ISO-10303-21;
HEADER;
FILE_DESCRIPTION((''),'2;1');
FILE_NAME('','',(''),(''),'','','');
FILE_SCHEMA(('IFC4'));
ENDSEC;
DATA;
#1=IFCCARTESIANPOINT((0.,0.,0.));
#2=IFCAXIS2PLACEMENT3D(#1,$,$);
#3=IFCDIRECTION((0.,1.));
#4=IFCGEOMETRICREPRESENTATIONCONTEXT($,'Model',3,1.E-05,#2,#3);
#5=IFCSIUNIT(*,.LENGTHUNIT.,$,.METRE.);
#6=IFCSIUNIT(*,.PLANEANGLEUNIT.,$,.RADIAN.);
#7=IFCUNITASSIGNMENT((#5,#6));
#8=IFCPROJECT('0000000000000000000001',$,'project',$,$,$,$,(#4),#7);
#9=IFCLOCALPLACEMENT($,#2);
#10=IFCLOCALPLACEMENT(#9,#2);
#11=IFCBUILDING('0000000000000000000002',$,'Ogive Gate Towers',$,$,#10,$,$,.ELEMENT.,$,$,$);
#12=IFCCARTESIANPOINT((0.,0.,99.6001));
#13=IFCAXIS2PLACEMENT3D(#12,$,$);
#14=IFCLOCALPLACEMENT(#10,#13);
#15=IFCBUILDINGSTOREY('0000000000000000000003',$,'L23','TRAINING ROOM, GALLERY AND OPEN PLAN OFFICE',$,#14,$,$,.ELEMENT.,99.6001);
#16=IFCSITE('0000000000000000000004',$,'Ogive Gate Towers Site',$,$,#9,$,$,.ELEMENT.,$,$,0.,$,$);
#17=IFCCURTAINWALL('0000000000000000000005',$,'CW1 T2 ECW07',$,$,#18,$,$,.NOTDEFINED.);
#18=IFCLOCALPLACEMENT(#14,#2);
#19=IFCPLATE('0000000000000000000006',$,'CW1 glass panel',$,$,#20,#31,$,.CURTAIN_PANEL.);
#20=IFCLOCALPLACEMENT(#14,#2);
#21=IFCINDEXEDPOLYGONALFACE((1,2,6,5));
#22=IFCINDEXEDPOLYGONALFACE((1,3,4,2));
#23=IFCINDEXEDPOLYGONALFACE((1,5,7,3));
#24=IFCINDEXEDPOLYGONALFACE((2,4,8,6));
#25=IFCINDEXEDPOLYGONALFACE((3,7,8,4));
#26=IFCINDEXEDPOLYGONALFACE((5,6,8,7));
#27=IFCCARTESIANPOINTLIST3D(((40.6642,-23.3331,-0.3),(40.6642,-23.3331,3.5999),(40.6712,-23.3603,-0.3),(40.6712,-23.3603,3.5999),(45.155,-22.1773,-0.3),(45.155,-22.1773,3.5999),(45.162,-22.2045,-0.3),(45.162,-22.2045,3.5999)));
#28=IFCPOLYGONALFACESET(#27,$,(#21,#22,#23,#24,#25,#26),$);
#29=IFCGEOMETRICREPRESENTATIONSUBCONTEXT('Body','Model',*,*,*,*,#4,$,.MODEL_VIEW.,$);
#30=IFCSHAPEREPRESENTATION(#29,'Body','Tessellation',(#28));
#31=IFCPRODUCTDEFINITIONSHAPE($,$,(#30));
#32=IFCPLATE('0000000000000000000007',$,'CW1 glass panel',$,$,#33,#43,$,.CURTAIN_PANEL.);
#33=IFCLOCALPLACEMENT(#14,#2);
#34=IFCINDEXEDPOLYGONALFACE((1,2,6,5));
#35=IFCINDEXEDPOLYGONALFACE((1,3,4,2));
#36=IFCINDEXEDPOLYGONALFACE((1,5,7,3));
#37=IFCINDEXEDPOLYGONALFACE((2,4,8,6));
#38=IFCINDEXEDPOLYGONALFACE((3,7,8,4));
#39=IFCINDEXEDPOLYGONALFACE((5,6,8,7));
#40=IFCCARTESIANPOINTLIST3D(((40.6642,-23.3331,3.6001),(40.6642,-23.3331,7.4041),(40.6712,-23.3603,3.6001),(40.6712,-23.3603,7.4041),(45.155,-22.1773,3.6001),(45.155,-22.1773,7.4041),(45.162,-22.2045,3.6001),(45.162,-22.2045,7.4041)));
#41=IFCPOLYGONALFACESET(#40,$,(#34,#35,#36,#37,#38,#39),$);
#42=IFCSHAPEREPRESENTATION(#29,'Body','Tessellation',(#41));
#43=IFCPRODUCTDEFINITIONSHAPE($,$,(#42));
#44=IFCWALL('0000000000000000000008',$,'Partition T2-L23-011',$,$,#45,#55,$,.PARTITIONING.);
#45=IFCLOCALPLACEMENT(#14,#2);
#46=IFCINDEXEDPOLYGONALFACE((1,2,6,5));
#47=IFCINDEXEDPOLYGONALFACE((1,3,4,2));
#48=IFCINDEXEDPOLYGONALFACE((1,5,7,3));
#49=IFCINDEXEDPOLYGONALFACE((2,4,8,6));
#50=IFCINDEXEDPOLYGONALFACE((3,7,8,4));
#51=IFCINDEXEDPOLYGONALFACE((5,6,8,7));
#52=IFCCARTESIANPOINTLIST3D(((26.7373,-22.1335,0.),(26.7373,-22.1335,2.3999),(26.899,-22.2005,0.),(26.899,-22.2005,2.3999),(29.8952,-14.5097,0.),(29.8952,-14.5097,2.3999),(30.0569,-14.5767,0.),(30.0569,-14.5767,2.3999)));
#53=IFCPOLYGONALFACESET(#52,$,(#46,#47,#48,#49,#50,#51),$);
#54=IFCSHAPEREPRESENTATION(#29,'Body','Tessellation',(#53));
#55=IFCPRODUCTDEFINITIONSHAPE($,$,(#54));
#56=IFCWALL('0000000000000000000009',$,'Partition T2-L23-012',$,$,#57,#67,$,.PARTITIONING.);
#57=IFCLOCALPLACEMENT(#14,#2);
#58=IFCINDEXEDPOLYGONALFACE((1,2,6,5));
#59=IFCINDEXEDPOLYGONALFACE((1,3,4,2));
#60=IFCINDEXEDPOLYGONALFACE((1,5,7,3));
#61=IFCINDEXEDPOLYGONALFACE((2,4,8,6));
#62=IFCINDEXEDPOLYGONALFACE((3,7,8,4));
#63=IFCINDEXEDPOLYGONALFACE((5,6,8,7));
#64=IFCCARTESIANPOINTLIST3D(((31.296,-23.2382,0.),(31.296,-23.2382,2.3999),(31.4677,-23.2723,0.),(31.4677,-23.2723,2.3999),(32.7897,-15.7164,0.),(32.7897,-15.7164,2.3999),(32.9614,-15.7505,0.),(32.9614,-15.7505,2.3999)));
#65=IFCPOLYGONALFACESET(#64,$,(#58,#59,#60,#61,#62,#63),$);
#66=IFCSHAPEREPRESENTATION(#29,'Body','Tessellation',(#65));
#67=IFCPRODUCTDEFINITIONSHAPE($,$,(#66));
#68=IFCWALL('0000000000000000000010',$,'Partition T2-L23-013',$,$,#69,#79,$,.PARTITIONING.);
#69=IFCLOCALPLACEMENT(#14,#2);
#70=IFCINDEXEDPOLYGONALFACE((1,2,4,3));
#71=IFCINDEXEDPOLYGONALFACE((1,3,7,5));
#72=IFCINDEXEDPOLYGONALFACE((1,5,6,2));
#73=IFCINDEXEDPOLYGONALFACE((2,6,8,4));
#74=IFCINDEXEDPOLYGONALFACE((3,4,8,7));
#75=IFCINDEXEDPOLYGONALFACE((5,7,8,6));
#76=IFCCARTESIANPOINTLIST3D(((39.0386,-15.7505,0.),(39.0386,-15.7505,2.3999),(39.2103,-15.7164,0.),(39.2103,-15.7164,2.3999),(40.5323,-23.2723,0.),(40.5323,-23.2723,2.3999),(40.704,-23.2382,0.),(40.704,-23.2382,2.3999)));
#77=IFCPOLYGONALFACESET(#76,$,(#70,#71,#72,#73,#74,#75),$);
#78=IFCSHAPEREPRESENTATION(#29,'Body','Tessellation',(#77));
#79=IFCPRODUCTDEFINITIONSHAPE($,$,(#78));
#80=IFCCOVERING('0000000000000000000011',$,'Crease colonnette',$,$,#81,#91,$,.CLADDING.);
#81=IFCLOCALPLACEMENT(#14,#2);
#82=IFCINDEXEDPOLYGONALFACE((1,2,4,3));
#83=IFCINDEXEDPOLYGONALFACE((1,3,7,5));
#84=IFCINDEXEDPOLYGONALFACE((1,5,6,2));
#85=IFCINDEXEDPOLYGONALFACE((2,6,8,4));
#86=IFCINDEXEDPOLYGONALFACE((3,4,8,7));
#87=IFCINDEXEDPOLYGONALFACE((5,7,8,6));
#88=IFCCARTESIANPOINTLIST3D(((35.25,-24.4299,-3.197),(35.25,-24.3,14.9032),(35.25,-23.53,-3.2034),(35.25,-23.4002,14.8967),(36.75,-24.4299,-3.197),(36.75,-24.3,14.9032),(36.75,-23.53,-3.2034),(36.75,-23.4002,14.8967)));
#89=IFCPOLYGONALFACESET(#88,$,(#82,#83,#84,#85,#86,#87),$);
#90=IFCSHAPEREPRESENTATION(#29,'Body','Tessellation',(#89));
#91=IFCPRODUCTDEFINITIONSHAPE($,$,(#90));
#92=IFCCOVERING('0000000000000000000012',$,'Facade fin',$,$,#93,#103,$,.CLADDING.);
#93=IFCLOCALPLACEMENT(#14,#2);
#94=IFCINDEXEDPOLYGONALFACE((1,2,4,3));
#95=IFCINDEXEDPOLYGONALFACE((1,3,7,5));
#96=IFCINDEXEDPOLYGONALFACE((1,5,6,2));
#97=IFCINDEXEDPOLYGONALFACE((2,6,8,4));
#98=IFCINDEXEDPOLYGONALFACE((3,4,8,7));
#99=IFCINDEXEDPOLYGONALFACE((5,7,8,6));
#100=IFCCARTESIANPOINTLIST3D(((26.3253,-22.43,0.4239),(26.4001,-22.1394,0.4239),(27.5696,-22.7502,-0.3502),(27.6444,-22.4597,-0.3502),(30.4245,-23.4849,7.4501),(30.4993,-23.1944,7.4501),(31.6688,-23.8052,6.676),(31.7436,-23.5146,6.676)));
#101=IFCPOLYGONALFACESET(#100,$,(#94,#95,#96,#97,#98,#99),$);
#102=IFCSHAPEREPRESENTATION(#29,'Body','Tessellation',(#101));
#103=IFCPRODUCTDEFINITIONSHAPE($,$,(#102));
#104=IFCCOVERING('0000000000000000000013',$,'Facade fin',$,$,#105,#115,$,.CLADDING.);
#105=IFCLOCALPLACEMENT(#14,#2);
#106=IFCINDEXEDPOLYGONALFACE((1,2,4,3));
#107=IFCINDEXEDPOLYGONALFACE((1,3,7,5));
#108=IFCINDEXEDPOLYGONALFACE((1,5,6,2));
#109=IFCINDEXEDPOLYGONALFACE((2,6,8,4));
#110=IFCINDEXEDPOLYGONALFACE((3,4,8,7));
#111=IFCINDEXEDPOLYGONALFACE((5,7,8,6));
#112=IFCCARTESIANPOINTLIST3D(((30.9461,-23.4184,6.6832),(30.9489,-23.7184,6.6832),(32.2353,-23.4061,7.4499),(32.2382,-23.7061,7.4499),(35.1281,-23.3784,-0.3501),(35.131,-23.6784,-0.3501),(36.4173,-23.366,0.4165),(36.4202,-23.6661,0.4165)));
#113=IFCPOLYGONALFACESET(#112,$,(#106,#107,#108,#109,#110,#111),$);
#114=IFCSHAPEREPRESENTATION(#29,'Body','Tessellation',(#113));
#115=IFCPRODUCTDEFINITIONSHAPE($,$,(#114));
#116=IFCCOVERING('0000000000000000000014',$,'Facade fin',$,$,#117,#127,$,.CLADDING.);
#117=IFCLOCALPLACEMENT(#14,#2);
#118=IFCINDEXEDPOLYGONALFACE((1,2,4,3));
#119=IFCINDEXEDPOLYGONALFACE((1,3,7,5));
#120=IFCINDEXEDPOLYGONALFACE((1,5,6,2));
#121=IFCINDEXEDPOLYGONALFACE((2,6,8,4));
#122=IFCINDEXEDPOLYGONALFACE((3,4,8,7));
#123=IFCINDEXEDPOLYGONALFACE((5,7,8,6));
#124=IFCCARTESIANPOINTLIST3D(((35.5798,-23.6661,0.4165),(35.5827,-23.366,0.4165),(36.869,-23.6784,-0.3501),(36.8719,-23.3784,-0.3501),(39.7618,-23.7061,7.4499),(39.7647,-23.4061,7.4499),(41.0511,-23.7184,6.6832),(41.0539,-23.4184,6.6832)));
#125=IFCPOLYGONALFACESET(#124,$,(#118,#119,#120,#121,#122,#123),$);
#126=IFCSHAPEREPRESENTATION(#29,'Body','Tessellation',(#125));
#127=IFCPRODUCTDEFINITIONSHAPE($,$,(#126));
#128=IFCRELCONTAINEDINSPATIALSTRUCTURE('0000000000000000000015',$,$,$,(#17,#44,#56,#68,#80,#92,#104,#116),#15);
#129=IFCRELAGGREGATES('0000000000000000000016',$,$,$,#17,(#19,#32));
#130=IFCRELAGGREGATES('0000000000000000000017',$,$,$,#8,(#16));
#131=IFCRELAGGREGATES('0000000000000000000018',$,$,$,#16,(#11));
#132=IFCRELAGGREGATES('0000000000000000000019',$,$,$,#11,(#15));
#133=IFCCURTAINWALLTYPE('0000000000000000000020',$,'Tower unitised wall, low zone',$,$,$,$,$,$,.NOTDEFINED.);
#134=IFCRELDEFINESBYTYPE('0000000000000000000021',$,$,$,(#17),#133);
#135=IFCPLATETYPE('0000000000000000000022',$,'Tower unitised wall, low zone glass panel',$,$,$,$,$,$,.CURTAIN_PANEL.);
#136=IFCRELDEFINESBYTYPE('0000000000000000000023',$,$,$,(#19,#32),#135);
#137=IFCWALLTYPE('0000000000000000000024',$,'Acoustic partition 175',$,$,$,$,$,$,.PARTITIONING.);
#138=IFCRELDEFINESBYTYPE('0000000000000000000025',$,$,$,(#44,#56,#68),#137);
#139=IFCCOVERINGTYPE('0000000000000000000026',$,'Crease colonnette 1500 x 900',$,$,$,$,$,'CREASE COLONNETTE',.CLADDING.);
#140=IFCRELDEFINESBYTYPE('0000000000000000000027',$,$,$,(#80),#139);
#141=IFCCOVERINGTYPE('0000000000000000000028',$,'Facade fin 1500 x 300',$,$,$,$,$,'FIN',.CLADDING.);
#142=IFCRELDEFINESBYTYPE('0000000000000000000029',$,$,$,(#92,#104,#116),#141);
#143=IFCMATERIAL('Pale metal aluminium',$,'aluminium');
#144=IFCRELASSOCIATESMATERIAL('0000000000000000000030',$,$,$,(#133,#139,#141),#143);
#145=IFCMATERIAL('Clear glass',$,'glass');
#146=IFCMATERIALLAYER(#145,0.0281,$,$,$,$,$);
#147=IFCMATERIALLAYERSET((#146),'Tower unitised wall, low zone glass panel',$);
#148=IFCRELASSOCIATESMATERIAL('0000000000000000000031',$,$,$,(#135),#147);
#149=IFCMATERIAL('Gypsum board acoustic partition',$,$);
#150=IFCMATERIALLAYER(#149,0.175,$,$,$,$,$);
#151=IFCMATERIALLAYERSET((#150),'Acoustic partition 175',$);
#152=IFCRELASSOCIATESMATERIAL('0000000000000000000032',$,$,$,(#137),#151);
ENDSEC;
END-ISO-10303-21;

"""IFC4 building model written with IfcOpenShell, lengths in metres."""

from ifc_helpers import new_model, si_unit, direction, frame, frame_2d, origin, origin_2d, place, context, subcontext, project, spatial, rectangle, extrude, material, layer, layer_set, material_profile, profile_set, type_object, element, aggregate, save


model = new_model("IFC4")

# Units and contexts
model_context = context("Model", 3, precision=1e-05, world=origin(), true_north=direction((0.0, 1.0)))
body_context = subcontext(model_context, "Body", "Model", "MODEL_VIEW")
ifc_project = project(units=[si_unit("LENGTHUNIT", "METRE"), si_unit("PLANEANGLEUNIT", "RADIAN")], contexts=[model_context])

# Site, building, storey
site_placement = place(None, origin())
site = spatial("IfcSite", under=ifc_project, at=site_placement, Name="Ogive Gate Towers Site", CompositionType="ELEMENT", RefElevation=0.0)
building_placement = place(site_placement, origin())
building = spatial("IfcBuilding", under=site, at=building_placement, Name="Ogive Gate Towers", CompositionType="ELEMENT")
storey_placement = place(building_placement, frame((0.0, 0.0, 99.6001)))
storey = spatial("IfcBuildingStorey", under=building, at=storey_placement, Name="L23", Description="TRAINING ROOM, GALLERY AND OPEN PLAN OFFICE", CompositionType="ELEMENT", Elevation=99.6001)

# Shared definitions
ifc_material_1 = material(Name="Pale metal aluminium", Category="aluminium")
curtain_wall_type = type_object("IfcCurtainWallType", Name="Tower unitised wall, low zone", PredefinedType="NOTDEFINED", material=ifc_material_1)

# Curtain wall
curtain_wall_1_placement = place(storey_placement, origin())
curtain_wall_1 = element("IfcCurtainWall", 1, at=curtain_wall_1_placement, inside=storey, type_object=curtain_wall_type, Name="CW1 T2 ECW07", PredefinedType="NOTDEFINED")

# Plates
ifc_material_2 = material(Name="Clear glass", Category="glass")
ifc_layer_1 = layer(ifc_material_2, 0.0281)
ifc_layer_set_1 = layer_set([ifc_layer_1], Name="Tower unitised wall, low zone glass panel")
plate_type = type_object("IfcPlateType", Name="Tower unitised wall, low zone glass panel", PredefinedType="CURTAIN_PANEL", material=ifc_layer_set_1)
plate_1_placement = place(storey_placement, frame((42.9131, -22.7688, -0.3), z_axis=(0.0, 0.0, 1.0), x_axis=(0.96844, 0.249248, 0.0)))
plate_1 = element("IfcPlate", 2, at=plate_1_placement, type_object=plate_type, Name="CW1 glass panel", PredefinedType="CURTAIN_PANEL", context=body_context, shape_type="SweptSolid", body=[
    extrude(rectangle(XDim=4.6372, YDim=0.0281, at=origin_2d()), origin(), (0.0, 0.0, 1.0), 3.8999),
])
plate_2_placement = place(storey_placement, frame((42.9131, -22.7688, 3.6001), z_axis=(0.0, 0.0, 1.0), x_axis=(0.96844, 0.249248, 0.0)))
plate_2 = element("IfcPlate", 3, at=plate_2_placement, type_object=plate_type, Name="CW1 glass panel", PredefinedType="CURTAIN_PANEL", context=body_context, shape_type="SweptSolid", body=[
    extrude(rectangle(XDim=4.6372, YDim=0.0281, at=origin_2d()), origin(), (0.0, 0.0, 1.0), 3.804),
])
aggregate(curtain_wall_1, [plate_1, plate_2])

# Walls
ifc_material_3 = material(Name="Gypsum board acoustic partition")
ifc_layer_2 = layer(ifc_material_3, 0.175)
ifc_layer_set_2 = layer_set([ifc_layer_2], Name="Acoustic partition 175")
wall_type = type_object("IfcWallType", Name="Acoustic partition 175", PredefinedType="PARTITIONING", material=ifc_layer_set_2)
wall_placement = place(storey_placement, frame((26.8181, -22.167, 0.0), z_axis=(0.0, 0.0, 1.0), x_axis=(0.382692, 0.923876, 0.0)))
element("IfcWall", 4, at=wall_placement, inside=storey, type_object=wall_type, Name="Partition T2-L23-011", PredefinedType="PARTITIONING", context=body_context, shape_type="SweptSolid", body=[
    extrude(rectangle(XDim=8.252, YDim=0.175, at=frame_2d((4.126, 0.0))), origin(), (0.0, 0.0, 1.0), 2.3999),
])
for number, where, z_axis, x_axis, name in (
    (5, (31.3818, -23.2554, 0.0), (0.0, 0.0, 1.0), (0.194775, 0.980848, 0.0), "Partition T2-L23-012"),
    (6, (40.6182, -23.2554, 0.0), (0.0, 0.0, 1.0), (-0.194775, 0.980848, 0.0), "Partition T2-L23-013"),
):
    element("IfcWall", number, at=place(storey_placement, frame(where, z_axis=z_axis, x_axis=x_axis)), inside=storey, type_object=wall_type, Name=name, PredefinedType="PARTITIONING", context=body_context, shape_type="SweptSolid", body=[
        extrude(rectangle(XDim=7.6687, YDim=0.175, at=frame_2d((3.8345, 0.0))), origin(), (0.0, 0.0, 1.0), 2.3999),
    ])

# Coverings
ifc_material_profile_1 = material_profile(ifc_material_1, rectangle(XDim=1.5, YDim=0.8999, at=origin_2d()), Name="1500 x 900 pale metal aluminium")
ifc_profile_set_1 = profile_set([ifc_material_profile_1], Name="Pale metal aluminium")
covering_type_1 = type_object("IfcCoveringType", Name="Crease colonnette 1500 x 900", ElementType="CREASE COLONNETTE", PredefinedType="CLADDING", material=ifc_profile_set_1)
covering_1_placement = place(storey_placement, frame((36.0, -23.98, -3.2002), z_axis=(0.0, 0.007176, 0.999974), x_axis=(-1.0, 0.0, 0.0)))
element("IfcCovering", 7, at=covering_1_placement, inside=storey, type_object=covering_type_1, Name="Crease colonnette", PredefinedType="CLADDING", context=body_context, shape_type="SweptSolid", body=[
    extrude(rectangle(XDim=1.5, YDim=0.8999, at=origin_2d()), origin(), (0.0, 0.0, 1.0), 18.1006),
])
ifc_material_profile_2 = material_profile(ifc_material_1, rectangle(XDim=0.3, YDim=1.5, at=origin_2d()), Name="1500 x 300 pale metal aluminium")
ifc_profile_set_2 = profile_set([ifc_material_profile_2], Name="Pale metal aluminium")
covering_type_2 = type_object("IfcCoveringType", Name="Facade fin 1500 x 300", ElementType="FIN", PredefinedType="CLADDING", material=ifc_profile_set_2)
covering_2_placement = place(storey_placement, frame((26.9849, -22.4448, 0.0369), z_axis=(0.499736, -0.12861, 0.856576), x_axis=(0.249234, 0.968443, 0.0)))
element("IfcCovering", 8, at=covering_2_placement, inside=storey, type_object=covering_type_2, Name="Facade fin", PredefinedType="CLADDING", context=body_context, shape_type="SweptSolid", body=[
    extrude(rectangle(XDim=0.3, YDim=1.5, at=origin_2d()), origin(), (0.0, 0.0, 1.0), 8.2026),
])
for number, where, z_axis, x_axis, name in (
    (9, (35.7742, -23.5222, 0.0332), (-0.511076, -0.004893, 0.859521), (0.009573, -0.999954, 0.0), "Facade fin"),
    (10, (36.2258, -23.5222, 0.0332), (0.511076, -0.004893, 0.859521), (0.009573, 0.999954, 0.0), "Facade fin"),
):
    element("IfcCovering", number, at=place(storey_placement, frame(where, z_axis=z_axis, x_axis=x_axis)), inside=storey, type_object=covering_type_2, Name=name, PredefinedType="CLADDING", context=body_context, shape_type="SweptSolid", body=[
        extrude(rectangle(XDim=0.3, YDim=1.5, at=origin_2d()), origin(), (0.0, 0.0, 1.0), 8.1829),
    ])

save(model, "model.ifc")
